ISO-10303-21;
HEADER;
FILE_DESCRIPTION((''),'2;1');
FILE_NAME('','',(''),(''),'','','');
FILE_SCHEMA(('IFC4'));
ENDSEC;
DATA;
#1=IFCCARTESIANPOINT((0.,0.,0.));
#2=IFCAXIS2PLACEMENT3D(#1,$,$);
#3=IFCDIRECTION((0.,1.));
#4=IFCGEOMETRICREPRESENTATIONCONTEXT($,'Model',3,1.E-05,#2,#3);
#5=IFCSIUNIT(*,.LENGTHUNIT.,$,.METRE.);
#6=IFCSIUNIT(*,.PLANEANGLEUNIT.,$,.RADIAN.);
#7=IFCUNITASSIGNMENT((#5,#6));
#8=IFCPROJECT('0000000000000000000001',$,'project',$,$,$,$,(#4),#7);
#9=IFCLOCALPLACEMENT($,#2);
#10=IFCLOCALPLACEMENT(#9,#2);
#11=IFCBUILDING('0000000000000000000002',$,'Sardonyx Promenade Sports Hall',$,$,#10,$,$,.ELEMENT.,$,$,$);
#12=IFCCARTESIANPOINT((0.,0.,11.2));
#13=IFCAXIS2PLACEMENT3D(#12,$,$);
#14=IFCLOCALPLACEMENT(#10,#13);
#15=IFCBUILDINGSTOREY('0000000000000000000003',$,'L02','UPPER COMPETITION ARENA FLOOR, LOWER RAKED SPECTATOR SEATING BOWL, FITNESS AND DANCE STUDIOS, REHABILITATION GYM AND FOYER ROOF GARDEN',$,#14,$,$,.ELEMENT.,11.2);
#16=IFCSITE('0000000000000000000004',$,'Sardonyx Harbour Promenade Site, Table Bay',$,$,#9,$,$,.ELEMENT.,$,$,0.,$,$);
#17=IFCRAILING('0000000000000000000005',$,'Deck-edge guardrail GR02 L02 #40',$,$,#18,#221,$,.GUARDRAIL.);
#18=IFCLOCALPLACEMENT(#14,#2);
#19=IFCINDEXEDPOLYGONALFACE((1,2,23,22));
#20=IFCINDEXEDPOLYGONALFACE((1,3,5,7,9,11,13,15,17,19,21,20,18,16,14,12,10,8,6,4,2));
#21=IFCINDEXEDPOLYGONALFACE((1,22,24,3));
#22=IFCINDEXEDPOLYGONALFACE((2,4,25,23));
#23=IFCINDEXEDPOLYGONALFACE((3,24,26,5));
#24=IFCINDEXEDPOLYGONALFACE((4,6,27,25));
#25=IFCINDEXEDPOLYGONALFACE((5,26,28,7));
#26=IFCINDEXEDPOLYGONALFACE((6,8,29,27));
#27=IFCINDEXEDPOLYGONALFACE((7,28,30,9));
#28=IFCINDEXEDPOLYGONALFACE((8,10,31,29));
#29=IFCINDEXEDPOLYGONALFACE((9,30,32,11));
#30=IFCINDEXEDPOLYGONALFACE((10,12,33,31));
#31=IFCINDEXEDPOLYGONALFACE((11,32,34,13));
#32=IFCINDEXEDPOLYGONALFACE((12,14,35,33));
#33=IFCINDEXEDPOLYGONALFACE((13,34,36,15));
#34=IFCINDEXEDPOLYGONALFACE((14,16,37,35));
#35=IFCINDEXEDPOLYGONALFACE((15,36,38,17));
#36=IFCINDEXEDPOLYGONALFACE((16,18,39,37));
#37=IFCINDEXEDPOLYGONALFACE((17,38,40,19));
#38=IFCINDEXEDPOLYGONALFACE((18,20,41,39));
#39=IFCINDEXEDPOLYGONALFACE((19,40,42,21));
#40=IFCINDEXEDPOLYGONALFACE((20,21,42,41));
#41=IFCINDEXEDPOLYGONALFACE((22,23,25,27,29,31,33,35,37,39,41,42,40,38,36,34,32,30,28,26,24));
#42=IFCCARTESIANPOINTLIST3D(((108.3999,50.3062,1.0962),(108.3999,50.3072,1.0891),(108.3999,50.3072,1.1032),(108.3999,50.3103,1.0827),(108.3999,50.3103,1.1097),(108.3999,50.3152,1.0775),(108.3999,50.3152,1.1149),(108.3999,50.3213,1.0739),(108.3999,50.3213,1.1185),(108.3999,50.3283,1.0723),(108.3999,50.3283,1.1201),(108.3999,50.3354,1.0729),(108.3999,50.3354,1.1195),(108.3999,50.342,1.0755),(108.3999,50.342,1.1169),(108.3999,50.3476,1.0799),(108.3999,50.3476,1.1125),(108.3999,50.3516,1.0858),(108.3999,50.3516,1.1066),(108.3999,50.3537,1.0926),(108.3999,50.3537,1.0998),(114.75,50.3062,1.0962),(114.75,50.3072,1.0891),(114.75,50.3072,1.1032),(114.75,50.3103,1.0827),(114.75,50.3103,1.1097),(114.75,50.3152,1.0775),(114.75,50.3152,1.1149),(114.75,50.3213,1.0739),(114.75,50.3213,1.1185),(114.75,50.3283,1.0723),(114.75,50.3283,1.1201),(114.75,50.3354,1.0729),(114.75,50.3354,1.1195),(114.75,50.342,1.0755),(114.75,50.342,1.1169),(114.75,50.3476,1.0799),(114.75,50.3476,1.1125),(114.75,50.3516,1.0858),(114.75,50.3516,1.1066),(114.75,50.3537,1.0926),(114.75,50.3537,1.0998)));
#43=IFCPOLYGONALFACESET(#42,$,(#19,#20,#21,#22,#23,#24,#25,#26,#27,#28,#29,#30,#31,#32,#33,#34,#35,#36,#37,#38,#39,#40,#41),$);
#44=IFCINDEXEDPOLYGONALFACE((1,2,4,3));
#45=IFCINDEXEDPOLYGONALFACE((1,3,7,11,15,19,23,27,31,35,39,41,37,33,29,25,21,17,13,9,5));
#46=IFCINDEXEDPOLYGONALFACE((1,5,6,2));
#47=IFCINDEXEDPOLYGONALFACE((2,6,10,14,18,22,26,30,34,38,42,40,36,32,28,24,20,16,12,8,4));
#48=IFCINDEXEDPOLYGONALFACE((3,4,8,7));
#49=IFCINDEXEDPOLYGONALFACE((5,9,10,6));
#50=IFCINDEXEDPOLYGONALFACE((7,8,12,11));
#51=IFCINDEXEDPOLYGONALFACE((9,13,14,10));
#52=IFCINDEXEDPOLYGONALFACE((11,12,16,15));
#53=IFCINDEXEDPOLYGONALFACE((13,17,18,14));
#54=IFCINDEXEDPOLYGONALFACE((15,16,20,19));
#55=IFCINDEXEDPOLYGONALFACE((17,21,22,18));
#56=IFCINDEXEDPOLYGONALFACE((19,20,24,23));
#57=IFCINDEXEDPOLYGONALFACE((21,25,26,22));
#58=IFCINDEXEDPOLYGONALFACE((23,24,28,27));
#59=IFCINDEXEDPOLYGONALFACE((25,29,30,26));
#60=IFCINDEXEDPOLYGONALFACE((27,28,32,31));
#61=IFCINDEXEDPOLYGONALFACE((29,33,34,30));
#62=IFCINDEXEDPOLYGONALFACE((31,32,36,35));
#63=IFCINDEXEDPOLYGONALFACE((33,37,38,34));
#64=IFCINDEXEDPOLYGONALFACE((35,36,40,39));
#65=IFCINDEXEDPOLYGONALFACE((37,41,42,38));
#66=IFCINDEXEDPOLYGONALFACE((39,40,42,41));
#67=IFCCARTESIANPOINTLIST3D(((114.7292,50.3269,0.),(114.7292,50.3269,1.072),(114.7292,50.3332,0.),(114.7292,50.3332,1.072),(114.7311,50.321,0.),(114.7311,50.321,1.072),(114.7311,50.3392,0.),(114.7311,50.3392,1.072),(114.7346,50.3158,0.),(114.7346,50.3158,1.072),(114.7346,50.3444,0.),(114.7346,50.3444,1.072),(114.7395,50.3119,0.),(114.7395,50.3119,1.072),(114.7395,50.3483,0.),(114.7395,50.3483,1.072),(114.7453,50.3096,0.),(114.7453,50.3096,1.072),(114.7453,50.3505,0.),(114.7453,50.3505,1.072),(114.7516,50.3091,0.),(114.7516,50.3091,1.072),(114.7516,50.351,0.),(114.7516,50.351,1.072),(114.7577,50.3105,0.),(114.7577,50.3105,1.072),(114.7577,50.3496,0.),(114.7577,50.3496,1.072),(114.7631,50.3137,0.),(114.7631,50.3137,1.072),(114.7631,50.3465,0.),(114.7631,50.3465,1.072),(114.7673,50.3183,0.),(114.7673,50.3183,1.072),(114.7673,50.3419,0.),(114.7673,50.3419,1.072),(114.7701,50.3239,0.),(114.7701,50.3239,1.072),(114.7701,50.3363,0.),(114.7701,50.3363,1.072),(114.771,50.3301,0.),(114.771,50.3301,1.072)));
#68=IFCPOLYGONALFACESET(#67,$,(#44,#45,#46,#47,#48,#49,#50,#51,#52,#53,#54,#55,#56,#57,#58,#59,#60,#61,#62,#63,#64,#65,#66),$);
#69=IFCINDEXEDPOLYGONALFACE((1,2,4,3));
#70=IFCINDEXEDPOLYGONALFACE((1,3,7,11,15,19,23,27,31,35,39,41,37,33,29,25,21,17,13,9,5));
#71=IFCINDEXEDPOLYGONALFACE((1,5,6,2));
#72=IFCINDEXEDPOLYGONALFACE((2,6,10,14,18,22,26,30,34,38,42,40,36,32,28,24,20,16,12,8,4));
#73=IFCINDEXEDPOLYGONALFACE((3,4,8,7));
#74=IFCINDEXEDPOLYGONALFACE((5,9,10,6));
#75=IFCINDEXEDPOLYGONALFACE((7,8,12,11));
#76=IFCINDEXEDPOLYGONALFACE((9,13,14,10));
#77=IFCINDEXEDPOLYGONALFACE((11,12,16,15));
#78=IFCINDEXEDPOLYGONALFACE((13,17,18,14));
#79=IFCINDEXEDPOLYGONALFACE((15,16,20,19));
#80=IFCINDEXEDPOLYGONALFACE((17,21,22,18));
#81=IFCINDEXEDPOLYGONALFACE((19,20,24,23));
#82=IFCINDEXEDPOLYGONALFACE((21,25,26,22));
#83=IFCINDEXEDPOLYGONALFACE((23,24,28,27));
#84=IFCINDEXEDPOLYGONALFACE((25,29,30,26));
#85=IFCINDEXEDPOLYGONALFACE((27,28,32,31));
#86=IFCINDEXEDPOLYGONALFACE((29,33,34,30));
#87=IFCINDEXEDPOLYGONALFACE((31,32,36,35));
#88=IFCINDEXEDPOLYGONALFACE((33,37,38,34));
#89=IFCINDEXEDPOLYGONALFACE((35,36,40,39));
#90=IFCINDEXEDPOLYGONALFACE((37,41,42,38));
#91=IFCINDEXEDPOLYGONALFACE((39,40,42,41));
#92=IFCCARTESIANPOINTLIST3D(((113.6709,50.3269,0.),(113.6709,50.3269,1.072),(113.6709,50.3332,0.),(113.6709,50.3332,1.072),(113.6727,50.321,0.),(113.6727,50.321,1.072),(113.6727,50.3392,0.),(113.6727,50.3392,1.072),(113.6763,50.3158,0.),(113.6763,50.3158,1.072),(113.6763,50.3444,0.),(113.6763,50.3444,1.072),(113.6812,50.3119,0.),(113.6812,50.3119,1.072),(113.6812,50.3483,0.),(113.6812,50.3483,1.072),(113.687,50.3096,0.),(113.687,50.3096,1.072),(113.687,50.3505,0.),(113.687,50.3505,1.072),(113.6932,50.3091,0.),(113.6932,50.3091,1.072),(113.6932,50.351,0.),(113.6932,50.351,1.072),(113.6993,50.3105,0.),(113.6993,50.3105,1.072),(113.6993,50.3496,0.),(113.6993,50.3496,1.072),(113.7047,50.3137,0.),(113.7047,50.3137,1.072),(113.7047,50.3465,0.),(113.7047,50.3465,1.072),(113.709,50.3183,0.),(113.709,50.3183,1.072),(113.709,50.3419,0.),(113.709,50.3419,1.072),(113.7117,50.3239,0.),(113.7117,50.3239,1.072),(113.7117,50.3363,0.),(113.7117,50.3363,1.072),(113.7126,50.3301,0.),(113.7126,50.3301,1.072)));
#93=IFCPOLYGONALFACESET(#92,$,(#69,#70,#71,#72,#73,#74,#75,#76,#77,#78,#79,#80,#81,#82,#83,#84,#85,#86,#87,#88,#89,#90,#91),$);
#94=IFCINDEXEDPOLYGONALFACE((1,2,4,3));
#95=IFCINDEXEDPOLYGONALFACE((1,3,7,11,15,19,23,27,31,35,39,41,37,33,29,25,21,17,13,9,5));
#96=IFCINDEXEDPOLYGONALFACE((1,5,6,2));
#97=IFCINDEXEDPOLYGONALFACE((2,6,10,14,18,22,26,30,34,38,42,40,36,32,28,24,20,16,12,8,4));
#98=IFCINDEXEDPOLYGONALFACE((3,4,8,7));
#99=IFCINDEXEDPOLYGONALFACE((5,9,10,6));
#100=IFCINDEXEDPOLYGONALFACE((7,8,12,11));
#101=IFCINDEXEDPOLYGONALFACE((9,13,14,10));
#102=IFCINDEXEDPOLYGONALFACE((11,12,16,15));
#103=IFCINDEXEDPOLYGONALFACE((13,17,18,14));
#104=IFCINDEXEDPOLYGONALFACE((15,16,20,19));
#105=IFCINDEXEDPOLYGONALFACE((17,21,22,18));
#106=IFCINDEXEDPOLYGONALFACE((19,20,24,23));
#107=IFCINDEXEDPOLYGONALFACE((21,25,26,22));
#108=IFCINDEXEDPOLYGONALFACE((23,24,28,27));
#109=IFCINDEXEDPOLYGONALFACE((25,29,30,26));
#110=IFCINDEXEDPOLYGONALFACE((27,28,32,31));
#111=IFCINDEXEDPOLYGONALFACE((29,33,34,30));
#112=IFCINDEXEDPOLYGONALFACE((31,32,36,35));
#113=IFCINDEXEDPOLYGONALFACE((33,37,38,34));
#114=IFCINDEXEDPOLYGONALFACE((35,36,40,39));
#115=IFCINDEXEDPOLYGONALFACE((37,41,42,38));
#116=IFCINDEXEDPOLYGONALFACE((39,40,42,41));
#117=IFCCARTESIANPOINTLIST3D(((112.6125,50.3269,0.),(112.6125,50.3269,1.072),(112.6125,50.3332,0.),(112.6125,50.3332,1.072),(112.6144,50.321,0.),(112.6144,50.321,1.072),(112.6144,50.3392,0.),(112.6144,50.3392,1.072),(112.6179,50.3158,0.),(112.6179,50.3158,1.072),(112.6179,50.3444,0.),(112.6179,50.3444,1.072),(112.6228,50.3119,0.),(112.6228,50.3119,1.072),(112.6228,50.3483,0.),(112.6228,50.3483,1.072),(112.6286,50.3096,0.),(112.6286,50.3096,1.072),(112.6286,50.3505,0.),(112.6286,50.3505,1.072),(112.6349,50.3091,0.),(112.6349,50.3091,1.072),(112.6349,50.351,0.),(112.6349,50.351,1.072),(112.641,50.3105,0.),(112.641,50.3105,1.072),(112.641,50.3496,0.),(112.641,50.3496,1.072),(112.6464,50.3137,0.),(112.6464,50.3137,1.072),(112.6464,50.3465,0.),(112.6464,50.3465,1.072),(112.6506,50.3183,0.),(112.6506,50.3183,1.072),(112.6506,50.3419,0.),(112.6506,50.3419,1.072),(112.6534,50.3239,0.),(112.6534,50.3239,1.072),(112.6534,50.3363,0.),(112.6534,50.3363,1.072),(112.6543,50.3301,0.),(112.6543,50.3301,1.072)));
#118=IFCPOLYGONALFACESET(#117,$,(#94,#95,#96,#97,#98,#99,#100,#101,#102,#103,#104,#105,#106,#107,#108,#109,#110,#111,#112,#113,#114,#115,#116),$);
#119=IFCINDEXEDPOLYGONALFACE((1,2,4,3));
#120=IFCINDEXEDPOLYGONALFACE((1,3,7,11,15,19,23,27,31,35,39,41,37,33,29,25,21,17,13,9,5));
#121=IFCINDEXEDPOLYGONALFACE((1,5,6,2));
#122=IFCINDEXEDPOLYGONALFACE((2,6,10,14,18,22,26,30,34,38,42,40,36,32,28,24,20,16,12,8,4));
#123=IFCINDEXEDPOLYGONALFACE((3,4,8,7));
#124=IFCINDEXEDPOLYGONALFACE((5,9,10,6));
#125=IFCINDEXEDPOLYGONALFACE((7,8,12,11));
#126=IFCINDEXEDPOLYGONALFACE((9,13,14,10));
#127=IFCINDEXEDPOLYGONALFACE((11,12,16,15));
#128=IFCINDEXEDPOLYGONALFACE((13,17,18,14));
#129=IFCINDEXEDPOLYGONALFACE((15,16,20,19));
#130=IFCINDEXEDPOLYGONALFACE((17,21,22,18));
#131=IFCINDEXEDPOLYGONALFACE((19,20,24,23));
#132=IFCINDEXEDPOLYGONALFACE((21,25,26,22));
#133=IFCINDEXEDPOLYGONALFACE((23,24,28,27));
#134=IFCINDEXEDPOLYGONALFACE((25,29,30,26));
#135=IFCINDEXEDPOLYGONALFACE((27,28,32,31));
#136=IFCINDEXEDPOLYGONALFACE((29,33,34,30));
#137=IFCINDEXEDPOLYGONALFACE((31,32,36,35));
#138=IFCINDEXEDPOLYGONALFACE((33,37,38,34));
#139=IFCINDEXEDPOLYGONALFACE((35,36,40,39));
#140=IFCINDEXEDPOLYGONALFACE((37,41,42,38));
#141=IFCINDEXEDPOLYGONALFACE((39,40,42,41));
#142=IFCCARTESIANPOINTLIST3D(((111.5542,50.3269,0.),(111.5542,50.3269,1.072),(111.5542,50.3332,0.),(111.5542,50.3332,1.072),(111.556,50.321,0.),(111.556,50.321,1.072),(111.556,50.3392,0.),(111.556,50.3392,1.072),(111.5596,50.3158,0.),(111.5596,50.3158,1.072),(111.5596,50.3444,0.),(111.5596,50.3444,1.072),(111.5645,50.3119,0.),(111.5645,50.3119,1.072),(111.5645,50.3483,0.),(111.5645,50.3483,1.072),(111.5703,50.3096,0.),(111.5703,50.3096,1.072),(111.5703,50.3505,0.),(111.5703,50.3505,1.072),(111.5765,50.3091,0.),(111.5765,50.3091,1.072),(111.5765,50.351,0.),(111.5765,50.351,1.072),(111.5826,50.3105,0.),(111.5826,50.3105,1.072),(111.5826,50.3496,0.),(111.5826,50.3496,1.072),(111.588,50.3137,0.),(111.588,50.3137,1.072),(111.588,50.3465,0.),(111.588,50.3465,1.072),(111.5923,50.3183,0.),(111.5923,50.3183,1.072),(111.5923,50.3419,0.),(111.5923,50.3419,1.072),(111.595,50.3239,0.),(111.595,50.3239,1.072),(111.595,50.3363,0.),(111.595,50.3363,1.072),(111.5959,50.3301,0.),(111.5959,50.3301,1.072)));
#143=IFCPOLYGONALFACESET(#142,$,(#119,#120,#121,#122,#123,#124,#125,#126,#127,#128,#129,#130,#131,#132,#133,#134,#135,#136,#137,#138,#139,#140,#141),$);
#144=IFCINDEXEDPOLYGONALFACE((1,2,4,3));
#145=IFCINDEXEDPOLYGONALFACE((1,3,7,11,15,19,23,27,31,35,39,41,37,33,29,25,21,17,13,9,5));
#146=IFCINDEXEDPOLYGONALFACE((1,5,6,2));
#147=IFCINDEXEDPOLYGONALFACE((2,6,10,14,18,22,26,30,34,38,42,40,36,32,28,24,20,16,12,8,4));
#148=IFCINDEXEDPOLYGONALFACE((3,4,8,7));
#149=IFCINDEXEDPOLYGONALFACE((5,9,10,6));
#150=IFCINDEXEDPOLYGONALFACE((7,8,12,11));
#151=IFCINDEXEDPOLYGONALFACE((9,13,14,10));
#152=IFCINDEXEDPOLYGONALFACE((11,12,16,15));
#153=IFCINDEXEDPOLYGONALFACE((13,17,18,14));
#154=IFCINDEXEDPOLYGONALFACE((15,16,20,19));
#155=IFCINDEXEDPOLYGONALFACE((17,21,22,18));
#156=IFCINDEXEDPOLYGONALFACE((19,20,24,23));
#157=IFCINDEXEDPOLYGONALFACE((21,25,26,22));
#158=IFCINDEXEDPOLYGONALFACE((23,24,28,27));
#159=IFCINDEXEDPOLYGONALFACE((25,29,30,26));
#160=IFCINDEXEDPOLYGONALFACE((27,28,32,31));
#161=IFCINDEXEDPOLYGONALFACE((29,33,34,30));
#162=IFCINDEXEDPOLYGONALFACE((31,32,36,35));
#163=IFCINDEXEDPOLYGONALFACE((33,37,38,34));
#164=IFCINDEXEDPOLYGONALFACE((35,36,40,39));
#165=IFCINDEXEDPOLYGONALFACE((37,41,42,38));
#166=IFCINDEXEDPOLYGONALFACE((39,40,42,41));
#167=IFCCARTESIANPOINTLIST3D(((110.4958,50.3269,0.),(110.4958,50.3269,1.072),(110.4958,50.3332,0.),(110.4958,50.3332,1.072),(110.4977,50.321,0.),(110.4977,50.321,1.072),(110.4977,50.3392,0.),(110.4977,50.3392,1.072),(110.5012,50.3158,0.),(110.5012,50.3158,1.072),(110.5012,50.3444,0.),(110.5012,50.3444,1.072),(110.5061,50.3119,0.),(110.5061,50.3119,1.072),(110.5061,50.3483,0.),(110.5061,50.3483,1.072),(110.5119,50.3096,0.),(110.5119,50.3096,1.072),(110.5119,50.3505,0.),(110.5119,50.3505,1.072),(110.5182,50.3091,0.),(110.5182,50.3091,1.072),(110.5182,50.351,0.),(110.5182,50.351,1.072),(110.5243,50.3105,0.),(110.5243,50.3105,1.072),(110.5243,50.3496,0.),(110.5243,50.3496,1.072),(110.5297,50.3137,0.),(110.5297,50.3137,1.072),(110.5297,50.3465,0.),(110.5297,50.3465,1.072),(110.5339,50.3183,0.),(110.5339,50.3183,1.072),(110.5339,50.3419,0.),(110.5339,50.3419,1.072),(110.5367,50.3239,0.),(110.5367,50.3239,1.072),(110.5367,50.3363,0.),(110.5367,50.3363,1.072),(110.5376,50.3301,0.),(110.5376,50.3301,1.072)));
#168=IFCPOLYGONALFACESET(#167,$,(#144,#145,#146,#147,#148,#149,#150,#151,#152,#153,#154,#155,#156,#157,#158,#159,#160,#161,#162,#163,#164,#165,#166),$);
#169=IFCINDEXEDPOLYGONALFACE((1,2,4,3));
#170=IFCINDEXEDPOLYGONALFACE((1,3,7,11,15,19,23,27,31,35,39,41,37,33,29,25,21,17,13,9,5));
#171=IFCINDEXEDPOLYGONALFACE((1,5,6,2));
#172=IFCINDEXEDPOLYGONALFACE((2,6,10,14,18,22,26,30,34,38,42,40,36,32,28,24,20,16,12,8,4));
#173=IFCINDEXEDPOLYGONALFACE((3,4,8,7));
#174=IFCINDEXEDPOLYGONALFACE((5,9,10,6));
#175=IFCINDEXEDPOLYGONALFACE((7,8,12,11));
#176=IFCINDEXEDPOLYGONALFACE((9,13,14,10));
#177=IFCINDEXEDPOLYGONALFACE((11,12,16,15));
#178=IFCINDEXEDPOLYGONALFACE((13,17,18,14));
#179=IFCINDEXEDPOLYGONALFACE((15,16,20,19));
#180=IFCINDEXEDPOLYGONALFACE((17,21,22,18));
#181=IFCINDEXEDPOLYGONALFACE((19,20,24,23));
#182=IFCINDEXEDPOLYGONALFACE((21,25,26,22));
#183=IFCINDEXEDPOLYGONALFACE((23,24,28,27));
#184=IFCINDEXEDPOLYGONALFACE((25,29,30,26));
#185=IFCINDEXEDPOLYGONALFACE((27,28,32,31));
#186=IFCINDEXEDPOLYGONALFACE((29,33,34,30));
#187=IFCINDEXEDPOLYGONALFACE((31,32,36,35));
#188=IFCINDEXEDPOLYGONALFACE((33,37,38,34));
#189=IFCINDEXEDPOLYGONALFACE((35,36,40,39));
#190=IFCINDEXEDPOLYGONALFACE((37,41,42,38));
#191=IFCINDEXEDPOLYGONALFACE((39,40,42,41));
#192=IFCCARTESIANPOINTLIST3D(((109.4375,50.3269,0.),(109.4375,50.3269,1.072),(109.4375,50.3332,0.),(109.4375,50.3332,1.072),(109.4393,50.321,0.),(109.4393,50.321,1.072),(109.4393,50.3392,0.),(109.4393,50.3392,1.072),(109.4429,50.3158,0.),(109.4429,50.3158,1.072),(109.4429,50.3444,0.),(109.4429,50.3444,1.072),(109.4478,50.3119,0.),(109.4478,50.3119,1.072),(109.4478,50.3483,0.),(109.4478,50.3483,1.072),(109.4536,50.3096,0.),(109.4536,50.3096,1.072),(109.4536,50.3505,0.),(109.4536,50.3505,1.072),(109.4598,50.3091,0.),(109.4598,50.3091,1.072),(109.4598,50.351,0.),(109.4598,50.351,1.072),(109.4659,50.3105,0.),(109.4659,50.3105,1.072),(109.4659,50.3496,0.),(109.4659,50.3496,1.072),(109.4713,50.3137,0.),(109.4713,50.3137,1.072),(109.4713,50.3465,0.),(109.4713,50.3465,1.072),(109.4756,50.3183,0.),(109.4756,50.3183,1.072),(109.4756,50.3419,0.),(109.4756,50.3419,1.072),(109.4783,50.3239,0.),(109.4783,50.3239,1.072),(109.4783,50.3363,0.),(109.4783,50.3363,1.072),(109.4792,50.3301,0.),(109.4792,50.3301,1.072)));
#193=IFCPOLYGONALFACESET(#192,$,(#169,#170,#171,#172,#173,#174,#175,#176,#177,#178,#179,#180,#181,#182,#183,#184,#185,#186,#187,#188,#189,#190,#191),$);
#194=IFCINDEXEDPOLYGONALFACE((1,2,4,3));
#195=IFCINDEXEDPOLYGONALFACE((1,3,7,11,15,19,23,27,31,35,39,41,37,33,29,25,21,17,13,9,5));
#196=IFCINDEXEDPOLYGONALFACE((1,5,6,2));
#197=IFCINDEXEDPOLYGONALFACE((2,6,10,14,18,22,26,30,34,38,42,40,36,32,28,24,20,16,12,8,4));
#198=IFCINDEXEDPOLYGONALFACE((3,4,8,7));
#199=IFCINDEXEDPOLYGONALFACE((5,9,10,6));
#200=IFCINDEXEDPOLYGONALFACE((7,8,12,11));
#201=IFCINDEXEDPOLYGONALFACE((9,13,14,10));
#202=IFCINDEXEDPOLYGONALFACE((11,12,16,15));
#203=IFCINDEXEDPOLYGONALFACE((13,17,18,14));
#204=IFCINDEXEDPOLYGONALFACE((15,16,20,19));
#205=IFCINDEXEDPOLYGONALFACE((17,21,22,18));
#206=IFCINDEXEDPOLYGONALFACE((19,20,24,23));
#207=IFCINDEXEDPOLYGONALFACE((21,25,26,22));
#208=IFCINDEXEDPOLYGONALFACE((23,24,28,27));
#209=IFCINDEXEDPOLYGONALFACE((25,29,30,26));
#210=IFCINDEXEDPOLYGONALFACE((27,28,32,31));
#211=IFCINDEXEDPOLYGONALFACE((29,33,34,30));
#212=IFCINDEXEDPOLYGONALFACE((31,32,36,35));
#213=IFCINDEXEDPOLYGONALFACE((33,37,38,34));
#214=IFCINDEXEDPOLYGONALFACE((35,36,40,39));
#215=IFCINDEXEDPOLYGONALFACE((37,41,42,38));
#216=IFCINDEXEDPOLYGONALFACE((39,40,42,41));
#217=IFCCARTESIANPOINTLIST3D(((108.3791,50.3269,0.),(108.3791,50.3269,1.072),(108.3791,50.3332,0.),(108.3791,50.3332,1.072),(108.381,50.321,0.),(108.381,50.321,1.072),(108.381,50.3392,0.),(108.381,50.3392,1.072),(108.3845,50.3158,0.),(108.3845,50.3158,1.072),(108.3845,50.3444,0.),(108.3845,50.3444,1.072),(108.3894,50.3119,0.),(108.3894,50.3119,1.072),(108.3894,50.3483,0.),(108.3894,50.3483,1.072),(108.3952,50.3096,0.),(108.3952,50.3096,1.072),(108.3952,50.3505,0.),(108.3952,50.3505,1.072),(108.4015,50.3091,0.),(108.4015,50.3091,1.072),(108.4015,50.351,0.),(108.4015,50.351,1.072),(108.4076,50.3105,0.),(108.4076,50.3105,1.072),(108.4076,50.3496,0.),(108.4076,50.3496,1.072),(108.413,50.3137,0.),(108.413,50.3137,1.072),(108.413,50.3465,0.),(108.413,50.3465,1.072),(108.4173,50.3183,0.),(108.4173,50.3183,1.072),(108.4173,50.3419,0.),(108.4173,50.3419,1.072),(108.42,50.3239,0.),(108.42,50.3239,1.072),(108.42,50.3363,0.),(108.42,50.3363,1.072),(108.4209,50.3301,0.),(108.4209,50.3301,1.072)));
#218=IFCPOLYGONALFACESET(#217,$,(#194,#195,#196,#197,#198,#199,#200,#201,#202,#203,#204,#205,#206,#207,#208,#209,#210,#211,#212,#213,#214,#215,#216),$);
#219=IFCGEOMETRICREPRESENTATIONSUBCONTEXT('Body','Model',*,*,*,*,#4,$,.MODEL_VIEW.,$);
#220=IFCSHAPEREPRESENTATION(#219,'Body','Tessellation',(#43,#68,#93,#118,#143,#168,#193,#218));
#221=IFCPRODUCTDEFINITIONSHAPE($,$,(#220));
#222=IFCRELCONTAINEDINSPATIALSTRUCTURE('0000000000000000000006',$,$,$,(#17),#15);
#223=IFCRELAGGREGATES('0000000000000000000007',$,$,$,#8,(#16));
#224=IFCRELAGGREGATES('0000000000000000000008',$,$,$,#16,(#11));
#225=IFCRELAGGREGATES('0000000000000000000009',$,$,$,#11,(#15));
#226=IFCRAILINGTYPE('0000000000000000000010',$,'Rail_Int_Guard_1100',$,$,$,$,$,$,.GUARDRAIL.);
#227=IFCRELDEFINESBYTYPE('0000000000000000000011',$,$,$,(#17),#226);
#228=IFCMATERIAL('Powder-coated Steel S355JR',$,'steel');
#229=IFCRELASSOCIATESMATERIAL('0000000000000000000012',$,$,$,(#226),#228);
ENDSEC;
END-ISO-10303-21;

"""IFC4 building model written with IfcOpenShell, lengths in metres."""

from ifc_helpers import new_model, si_unit, direction, frame, origin, origin_2d, place, context, subcontext, project, spatial, circle, extrude, material, type_object, element, save


model = new_model("IFC4")

# Units and contexts
model_context = context("Model", 3, precision=1e-05, world=origin(), true_north=direction((0.0, 1.0)))
body_context = subcontext(model_context, "Body", "Model", "MODEL_VIEW")
ifc_project = project(units=[si_unit("LENGTHUNIT", "METRE"), si_unit("PLANEANGLEUNIT", "RADIAN")], contexts=[model_context])

# Site, building, storey
site_placement = place(None, origin())
site = spatial("IfcSite", under=ifc_project, at=site_placement, Name="Sardonyx Harbour Promenade Site, Table Bay", CompositionType="ELEMENT", RefElevation=0.0)
building_placement = place(site_placement, origin())
building = spatial("IfcBuilding", under=site, at=building_placement, Name="Sardonyx Promenade Sports Hall", CompositionType="ELEMENT")
storey_placement = place(building_placement, frame((0.0, 0.0, 11.2)))
storey = spatial("IfcBuildingStorey", under=building, at=storey_placement, Name="L02", Description="UPPER COMPETITION ARENA FLOOR, LOWER RAKED SPECTATOR SEATING BOWL, FITNESS AND DANCE STUDIOS, REHABILITATION GYM AND FOYER ROOF GARDEN", CompositionType="ELEMENT", Elevation=11.2)

# Railing
ifc_material_1 = material(Name="Powder-coated Steel S355JR", Category="steel")
railing_type_1 = type_object("IfcRailingType", Name="Rail_Int_Guard_1100", PredefinedType="GUARDRAIL", material=ifc_material_1)
railing_1_placement = place(storey_placement, frame((114.75, 50.3301, 0.0)))
element("IfcRailing", 1, at=railing_1_placement, inside=storey, type_object=railing_type_1, Name="Deck-edge guardrail GR02 L02 #40", PredefinedType="GUARDRAIL", context=body_context, shape_type="SweptSolid", body=[
    extrude(circle(Radius=0.0239, at=origin_2d()), frame((0.0, 0.0, 1.0962), z_axis=(-1.0, 0.0, 0.0), x_axis=(0.0, -1.0, 0.0)), (0.0, 0.0, 1.0), 6.3501),
    extrude(circle(Radius=0.021, at=origin_2d()), origin(), (0.0, 0.0, 1.0), 1.072),
    extrude(circle(Radius=0.021, at=origin_2d()), frame((-1.0583, 0.0, 0.0)), (0.0, 0.0, 1.0), 1.072),
    extrude(circle(Radius=0.021, at=origin_2d()), frame((-2.1167, 0.0, 0.0)), (0.0, 0.0, 1.0), 1.072),
    extrude(circle(Radius=0.021, at=origin_2d()), frame((-3.175, 0.0, 0.0)), (0.0, 0.0, 1.0), 1.072),
    extrude(circle(Radius=0.021, at=origin_2d()), frame((-4.2334, 0.0, 0.0)), (0.0, 0.0, 1.0), 1.072),
    extrude(circle(Radius=0.021, at=origin_2d()), frame((-5.2917, 0.0, 0.0)), (0.0, 0.0, 1.0), 1.072),
    extrude(circle(Radius=0.021, at=origin_2d()), frame((-6.3501, 0.0, 0.0)), (0.0, 0.0, 1.0), 1.072),
])

save(model, "model.ifc")
